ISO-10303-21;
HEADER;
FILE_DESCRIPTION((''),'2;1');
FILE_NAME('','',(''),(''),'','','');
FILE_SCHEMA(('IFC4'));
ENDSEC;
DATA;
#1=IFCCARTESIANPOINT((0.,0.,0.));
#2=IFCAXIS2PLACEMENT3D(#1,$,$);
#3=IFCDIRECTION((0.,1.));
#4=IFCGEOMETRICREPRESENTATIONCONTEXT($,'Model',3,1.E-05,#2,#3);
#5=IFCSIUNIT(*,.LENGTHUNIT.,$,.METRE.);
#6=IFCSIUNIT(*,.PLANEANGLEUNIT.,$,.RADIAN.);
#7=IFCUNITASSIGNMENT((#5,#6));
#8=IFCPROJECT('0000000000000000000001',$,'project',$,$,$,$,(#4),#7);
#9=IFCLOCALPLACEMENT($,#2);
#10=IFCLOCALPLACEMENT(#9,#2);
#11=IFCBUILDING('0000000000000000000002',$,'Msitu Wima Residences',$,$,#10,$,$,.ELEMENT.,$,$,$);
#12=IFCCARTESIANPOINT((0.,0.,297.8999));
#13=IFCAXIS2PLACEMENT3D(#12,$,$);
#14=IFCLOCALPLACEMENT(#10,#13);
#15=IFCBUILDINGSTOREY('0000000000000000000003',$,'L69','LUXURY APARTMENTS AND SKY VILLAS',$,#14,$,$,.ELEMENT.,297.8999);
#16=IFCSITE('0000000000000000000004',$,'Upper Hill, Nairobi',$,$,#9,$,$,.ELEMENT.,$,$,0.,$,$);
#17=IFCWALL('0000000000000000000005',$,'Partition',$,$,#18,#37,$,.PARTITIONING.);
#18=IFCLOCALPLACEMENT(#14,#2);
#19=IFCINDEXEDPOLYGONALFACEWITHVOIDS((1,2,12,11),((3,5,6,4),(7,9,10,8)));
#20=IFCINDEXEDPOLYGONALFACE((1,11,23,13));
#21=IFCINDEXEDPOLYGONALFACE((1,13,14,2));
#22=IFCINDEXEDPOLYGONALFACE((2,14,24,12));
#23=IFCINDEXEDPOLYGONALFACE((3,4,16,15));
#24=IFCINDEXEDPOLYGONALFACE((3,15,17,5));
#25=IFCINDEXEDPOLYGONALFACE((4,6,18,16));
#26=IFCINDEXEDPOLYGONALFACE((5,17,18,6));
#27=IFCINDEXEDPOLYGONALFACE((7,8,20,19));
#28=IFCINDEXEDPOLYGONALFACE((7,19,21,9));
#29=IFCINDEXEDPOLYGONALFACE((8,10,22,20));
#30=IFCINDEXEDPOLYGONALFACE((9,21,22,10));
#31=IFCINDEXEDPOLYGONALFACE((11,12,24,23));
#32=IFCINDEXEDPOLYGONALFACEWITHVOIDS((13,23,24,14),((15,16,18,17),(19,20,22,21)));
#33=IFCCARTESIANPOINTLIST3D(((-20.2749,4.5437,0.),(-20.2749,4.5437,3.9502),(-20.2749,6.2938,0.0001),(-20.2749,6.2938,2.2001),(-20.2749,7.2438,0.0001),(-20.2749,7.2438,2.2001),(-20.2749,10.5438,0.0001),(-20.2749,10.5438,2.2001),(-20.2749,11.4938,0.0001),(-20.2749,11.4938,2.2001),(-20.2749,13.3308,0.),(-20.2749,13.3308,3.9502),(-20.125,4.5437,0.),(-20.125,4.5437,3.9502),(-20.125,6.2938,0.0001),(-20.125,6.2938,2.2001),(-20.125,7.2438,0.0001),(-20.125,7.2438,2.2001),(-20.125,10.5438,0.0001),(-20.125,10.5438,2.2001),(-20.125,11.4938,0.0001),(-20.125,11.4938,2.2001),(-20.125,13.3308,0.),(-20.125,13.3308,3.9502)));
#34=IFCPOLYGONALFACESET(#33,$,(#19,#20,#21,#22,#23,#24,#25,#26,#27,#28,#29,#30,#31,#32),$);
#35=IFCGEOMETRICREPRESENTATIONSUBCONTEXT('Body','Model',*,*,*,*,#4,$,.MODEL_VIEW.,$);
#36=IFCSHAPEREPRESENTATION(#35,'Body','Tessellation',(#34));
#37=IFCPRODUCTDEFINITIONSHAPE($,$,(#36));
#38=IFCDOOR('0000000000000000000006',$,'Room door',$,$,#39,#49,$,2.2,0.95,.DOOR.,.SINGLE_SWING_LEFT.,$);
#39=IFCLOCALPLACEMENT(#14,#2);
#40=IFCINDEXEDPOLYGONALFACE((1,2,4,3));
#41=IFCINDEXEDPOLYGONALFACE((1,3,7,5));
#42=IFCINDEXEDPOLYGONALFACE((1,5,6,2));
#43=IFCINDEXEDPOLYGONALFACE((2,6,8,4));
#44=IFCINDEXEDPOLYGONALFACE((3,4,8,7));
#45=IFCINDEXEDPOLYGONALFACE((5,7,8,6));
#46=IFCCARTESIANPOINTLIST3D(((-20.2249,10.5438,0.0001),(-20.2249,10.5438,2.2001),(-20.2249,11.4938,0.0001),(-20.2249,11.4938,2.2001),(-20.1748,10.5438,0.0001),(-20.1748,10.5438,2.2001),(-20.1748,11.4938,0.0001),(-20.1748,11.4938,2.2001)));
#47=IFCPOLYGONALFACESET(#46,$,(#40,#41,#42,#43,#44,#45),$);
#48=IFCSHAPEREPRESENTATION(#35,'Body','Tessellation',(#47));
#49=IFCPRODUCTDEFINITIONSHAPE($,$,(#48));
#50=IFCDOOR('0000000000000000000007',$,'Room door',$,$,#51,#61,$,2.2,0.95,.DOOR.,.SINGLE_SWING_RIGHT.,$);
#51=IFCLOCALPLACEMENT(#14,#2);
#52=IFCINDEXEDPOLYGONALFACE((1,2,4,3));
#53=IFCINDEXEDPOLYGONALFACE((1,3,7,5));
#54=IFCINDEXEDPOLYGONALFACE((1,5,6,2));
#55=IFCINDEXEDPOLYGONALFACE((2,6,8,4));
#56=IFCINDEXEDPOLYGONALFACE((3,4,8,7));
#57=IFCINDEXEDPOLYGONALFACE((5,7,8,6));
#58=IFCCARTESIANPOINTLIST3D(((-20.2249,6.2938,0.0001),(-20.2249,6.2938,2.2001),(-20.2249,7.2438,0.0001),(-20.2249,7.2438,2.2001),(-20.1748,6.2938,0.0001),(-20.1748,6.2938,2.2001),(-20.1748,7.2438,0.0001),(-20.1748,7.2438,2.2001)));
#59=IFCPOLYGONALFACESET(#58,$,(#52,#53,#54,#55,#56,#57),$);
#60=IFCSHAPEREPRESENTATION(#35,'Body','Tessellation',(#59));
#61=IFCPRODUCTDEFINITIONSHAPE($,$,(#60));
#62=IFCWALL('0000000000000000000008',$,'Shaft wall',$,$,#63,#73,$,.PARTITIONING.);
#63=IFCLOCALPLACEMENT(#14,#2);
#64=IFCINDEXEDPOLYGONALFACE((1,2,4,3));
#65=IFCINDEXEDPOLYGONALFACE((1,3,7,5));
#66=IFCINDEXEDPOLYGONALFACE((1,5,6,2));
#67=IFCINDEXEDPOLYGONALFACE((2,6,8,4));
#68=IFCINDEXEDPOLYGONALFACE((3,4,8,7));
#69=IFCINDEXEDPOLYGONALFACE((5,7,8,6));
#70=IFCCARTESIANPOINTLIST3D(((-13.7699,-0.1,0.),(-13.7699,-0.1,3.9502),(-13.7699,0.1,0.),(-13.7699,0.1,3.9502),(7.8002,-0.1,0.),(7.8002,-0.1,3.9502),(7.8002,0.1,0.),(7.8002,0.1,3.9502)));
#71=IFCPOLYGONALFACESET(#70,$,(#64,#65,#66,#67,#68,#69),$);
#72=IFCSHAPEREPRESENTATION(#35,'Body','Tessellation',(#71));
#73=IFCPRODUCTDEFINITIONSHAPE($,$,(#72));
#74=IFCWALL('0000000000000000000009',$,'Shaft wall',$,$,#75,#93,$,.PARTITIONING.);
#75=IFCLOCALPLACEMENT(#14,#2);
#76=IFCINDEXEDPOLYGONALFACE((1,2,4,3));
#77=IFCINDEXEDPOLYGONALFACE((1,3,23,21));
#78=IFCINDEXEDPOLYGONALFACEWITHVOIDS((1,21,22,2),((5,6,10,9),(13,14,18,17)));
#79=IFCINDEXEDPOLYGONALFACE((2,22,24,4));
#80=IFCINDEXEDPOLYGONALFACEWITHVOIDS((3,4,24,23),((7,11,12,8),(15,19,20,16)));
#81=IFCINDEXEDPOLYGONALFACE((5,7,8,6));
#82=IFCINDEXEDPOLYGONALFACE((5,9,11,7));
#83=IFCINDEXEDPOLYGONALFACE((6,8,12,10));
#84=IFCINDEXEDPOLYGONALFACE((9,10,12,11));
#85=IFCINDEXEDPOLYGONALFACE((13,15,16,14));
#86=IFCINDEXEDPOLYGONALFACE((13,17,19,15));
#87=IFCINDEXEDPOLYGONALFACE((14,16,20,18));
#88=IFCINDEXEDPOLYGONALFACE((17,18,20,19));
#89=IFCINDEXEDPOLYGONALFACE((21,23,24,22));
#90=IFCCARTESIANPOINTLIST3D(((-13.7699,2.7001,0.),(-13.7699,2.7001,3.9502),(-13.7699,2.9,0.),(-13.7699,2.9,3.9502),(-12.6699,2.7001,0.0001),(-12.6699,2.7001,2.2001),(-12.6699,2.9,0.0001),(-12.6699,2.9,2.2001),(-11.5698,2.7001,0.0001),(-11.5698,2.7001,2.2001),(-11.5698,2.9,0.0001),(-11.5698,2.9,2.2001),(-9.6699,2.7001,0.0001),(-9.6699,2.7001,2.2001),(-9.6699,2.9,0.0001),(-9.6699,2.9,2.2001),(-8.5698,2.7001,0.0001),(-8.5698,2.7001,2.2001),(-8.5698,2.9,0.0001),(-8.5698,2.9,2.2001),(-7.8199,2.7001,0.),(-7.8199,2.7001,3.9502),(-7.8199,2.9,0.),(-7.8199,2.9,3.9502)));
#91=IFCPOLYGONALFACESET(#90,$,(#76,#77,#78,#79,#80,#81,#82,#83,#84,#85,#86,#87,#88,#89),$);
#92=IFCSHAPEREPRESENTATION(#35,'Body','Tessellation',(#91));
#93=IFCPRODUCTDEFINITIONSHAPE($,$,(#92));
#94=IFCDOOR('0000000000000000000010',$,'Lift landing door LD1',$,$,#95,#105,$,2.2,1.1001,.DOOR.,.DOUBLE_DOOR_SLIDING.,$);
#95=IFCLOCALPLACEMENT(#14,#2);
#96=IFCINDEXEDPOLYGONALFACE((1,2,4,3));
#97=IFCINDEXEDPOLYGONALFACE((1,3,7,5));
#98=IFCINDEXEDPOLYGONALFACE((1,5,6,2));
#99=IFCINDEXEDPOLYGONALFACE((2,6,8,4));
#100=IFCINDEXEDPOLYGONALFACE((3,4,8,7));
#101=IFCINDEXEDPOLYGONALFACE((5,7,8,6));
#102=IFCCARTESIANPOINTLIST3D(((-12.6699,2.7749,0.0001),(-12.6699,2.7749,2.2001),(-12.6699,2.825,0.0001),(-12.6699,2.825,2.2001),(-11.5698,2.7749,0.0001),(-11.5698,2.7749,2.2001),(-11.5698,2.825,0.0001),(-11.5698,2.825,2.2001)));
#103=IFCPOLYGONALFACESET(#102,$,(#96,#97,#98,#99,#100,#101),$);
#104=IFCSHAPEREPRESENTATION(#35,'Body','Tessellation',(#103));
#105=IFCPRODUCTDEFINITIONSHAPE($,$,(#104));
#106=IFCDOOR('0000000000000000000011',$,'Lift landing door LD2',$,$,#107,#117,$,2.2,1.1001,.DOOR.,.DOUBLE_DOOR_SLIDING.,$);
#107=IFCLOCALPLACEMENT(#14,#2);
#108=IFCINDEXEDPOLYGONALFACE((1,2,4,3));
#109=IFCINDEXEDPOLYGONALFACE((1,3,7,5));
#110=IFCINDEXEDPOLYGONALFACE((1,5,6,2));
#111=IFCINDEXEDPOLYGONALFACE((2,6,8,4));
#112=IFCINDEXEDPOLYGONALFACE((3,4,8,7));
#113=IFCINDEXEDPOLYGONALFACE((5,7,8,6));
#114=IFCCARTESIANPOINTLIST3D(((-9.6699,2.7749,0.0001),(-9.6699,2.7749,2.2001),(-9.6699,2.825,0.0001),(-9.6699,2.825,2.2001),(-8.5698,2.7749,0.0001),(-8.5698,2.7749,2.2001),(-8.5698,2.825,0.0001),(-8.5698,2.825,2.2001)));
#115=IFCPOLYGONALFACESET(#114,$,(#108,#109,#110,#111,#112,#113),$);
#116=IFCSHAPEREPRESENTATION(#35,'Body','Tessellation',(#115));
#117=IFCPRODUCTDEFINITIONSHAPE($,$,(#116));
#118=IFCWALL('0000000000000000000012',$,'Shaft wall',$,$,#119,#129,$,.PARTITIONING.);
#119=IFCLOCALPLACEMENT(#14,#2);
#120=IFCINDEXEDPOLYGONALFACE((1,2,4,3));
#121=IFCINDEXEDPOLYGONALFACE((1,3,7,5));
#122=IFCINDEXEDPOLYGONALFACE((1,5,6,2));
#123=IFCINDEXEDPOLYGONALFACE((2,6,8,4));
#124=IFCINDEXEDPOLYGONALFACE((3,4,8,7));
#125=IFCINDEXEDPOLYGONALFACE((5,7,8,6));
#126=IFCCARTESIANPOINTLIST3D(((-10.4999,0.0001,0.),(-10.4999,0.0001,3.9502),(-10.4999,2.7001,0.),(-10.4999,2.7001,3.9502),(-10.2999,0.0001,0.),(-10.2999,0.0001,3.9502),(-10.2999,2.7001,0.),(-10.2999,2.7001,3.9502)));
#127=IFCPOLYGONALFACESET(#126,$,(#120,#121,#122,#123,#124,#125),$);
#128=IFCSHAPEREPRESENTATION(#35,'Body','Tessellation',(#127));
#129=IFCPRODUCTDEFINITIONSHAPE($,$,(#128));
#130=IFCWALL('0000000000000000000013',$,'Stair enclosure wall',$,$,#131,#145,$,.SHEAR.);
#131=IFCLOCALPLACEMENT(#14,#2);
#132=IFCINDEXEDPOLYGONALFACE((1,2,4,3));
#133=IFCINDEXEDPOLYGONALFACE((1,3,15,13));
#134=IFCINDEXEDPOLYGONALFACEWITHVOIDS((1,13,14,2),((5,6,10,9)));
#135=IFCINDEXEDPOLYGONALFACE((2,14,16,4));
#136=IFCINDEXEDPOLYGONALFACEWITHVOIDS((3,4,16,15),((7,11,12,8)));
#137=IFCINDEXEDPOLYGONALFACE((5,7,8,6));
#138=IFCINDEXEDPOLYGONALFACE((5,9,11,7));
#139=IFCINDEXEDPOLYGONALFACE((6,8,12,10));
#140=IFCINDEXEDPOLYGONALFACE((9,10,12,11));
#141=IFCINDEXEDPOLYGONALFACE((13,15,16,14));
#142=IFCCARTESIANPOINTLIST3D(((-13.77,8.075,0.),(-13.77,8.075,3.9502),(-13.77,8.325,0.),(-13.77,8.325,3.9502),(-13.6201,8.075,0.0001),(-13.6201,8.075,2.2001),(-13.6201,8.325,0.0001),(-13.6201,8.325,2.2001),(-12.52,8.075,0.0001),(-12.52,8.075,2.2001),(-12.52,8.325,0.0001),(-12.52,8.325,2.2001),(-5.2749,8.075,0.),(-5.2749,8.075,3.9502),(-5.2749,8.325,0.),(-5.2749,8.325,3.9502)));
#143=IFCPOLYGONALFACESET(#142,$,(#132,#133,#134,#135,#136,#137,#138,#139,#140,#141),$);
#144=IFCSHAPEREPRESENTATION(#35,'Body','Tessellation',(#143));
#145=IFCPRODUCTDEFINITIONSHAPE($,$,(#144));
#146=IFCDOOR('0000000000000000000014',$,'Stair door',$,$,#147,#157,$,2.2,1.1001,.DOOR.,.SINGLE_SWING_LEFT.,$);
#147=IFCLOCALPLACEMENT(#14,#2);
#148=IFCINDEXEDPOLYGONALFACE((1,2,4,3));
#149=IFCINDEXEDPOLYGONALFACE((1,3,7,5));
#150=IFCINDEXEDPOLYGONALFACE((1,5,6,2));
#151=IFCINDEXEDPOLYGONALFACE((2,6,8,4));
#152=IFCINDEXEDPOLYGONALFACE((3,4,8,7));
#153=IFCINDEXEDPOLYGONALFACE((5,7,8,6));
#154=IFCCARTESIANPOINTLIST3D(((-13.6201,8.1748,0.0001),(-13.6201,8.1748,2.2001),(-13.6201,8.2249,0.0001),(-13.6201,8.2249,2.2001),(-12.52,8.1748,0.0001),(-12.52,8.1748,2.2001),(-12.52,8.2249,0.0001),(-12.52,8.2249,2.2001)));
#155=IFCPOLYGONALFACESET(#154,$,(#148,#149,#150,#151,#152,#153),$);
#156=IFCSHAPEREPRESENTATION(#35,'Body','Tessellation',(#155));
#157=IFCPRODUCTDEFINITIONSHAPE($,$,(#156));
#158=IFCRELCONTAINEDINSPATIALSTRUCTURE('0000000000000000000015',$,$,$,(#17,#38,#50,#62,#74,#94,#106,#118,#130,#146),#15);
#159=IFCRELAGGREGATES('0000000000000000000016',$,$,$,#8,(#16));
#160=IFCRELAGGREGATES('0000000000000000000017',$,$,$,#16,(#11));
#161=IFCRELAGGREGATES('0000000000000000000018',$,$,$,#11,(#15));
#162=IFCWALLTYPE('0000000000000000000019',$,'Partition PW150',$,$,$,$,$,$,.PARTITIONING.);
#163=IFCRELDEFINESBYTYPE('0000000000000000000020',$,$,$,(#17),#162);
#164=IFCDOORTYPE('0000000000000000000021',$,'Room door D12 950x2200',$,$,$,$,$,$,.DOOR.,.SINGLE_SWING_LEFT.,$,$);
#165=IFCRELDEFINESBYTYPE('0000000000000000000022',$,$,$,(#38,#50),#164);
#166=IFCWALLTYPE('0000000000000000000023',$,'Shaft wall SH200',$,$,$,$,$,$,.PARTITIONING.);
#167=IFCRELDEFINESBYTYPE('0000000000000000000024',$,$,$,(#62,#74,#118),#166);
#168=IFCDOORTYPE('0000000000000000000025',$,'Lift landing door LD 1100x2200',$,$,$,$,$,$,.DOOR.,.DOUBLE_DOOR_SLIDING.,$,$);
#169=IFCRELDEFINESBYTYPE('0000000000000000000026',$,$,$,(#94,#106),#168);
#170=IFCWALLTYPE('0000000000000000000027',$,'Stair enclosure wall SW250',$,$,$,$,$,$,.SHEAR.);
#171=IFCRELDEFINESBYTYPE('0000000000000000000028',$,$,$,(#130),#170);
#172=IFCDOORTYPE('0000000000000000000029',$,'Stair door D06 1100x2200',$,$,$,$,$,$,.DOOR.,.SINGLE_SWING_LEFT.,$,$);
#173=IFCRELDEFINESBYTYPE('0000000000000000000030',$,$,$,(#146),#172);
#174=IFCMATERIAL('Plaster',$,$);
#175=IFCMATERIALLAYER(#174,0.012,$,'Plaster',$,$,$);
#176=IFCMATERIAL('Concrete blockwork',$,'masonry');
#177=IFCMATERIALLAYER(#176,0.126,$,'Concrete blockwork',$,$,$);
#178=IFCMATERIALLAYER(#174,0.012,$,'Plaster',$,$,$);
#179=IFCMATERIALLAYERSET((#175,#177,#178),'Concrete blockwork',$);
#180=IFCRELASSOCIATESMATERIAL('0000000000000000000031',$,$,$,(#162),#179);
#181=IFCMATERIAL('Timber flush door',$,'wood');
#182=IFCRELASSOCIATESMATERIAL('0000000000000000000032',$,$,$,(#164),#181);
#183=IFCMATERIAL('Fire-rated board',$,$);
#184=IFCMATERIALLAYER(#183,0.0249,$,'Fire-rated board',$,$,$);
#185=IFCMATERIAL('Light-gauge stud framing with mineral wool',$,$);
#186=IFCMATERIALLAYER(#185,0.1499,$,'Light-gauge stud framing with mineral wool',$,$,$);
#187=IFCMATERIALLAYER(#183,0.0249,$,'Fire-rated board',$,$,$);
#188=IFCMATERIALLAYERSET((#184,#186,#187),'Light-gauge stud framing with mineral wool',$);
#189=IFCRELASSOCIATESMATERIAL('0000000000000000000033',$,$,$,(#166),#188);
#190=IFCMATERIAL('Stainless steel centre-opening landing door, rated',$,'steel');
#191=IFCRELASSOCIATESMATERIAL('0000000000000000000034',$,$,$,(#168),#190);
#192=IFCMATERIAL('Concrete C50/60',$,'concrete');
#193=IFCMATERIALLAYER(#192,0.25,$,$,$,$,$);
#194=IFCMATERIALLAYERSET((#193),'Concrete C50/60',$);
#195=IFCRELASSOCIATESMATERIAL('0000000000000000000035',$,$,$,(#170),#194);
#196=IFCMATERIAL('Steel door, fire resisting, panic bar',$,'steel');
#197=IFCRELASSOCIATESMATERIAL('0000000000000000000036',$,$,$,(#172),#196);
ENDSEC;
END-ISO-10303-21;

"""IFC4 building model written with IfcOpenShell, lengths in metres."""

from ifc_helpers import new_model, si_unit, direction, frame, frame_2d, origin, place, context, subcontext, project, spatial, rectangle, extrude, material, layer, layer_set, type_object, element, fill, save


model = new_model("IFC4")

# Units and contexts
model_context = context("Model", 3, precision=1e-05, world=origin(), true_north=direction((0.0, 1.0)))
body_context = subcontext(model_context, "Body", "Model", "MODEL_VIEW")
ifc_project = project(units=[si_unit("LENGTHUNIT", "METRE"), si_unit("PLANEANGLEUNIT", "RADIAN")], contexts=[model_context])

# Site, building, storey
site_placement = place(None, origin())
site = spatial("IfcSite", under=ifc_project, at=site_placement, Name="Upper Hill, Nairobi", CompositionType="ELEMENT", RefElevation=0.0)
building_placement = place(site_placement, origin())
building = spatial("IfcBuilding", under=site, at=building_placement, Name="Msitu Wima Residences", CompositionType="ELEMENT")
storey_placement = place(building_placement, frame((0.0, 0.0, 297.8999)))
storey = spatial("IfcBuildingStorey", under=building, at=storey_placement, Name="L69", Description="LUXURY APARTMENTS AND SKY VILLAS", CompositionType="ELEMENT", Elevation=297.8999)

# Shared definitions
ifc_material_1 = material(Name="Concrete C50/60", Category="concrete")

# Shared definitions
ifc_material_2 = material(Name="Plaster")
ifc_layer_1 = layer(ifc_material_2, 0.012, Name="Plaster")
ifc_material_3 = material(Name="Concrete blockwork", Category="masonry")
ifc_layer_2 = layer(ifc_material_3, 0.126, Name="Concrete blockwork")
ifc_layer_3 = layer(ifc_material_2, 0.012, Name="Plaster")
ifc_layer_set_1 = layer_set([ifc_layer_1, ifc_layer_2, ifc_layer_3], Name="Concrete blockwork")
wall_type_1 = type_object("IfcWallType", Name="Partition PW150", PredefinedType="PARTITIONING", material=ifc_layer_set_1)

# Shared definitions
ifc_material_4 = material(Name="Timber flush door", Category="wood")
door_type_1 = type_object("IfcDoorType", Name="Room door D12 950x2200", OperationType="SINGLE_SWING_LEFT", PredefinedType="DOOR", material=ifc_material_4)

# Wall, openings, doors
wall_1_placement = place(storey_placement, frame((-20.2, 4.5437, 0.0), z_axis=(0.0, 0.0, 1.0), x_axis=(0.0, 1.0, 0.0)))
wall_1 = element("IfcWall", 1, at=wall_1_placement, inside=storey, type_object=wall_type_1, Name="Partition", PredefinedType="PARTITIONING", context=body_context, shape_type="SweptSolid", body=[
    extrude(rectangle(XDim=8.7871, YDim=0.1499, at=frame_2d((4.3936, 0.0))), origin(), (0.0, 0.0, 1.0), 3.9502),
])
opening_1_placement = place(wall_1_placement, frame((6.0, 0.0, 0.0)))
opening_1 = element("IfcOpeningElement", 2, at=opening_1_placement, cuts=wall_1, PredefinedType="OPENING", context=body_context, shape_type="SweptSolid", body=[
    extrude(rectangle(XDim=0.95, YDim=2.2, at=frame_2d((0.4751, 1.1001))), frame((0.0, 0.085, 0.0), z_axis=(0.0, -1.0, 0.0), x_axis=(1.0, 0.0, 0.0)), (0.0, 0.0, 1.0), 0.1699),
])
opening_2_placement = place(wall_1_placement, frame((1.75, 0.0, 0.0)))
opening_2 = element("IfcOpeningElement", 3, at=opening_2_placement, cuts=wall_1, PredefinedType="OPENING", context=body_context, shape_type="SweptSolid", body=[
    extrude(rectangle(XDim=0.95, YDim=2.2, at=frame_2d((0.4751, 1.1001))), frame((0.0, 0.085, 0.0), z_axis=(0.0, -1.0, 0.0), x_axis=(1.0, 0.0, 0.0)), (0.0, 0.0, 1.0), 0.1699),
])
door_1_placement = place(opening_1_placement, origin())
door_1 = element("IfcDoor", 4, at=door_1_placement, inside=storey, type_object=door_type_1, Name="Room door", OperationType="SINGLE_SWING_LEFT", OverallHeight=2.2, OverallWidth=0.95, PredefinedType="DOOR", context=body_context, shape_type="SweptSolid", body=[
    extrude(rectangle(XDim=0.95, YDim=2.2, at=frame_2d((0.4751, 1.1001))), frame((0.0, 0.0249, 0.0), z_axis=(0.0, -1.0, 0.0), x_axis=(1.0, 0.0, 0.0)), (0.0, 0.0, 1.0), 0.05),
])
fill(opening_1, door_1)
door_2_placement = place(opening_2_placement, origin())
door_2 = element("IfcDoor", 5, at=door_2_placement, inside=storey, type_object=door_type_1, Name="Room door", OperationType="SINGLE_SWING_RIGHT", OverallHeight=2.2, OverallWidth=0.95, PredefinedType="DOOR", context=body_context, shape_type="SweptSolid", body=[
    extrude(rectangle(XDim=0.95, YDim=2.2, at=frame_2d((0.4751, 1.1001))), frame((0.0, 0.0249, 0.0), z_axis=(0.0, -1.0, 0.0), x_axis=(1.0, 0.0, 0.0)), (0.0, 0.0, 1.0), 0.05),
])
fill(opening_2, door_2)

# Wall
ifc_material_5 = material(Name="Fire-rated board")
ifc_layer_4 = layer(ifc_material_5, 0.0249, Name="Fire-rated board")
ifc_material_6 = material(Name="Light-gauge stud framing with mineral wool")
ifc_layer_5 = layer(ifc_material_6, 0.1499, Name="Light-gauge stud framing with mineral wool")
ifc_layer_6 = layer(ifc_material_5, 0.0249, Name="Fire-rated board")
ifc_layer_set_2 = layer_set([ifc_layer_4, ifc_layer_5, ifc_layer_6], Name="Light-gauge stud framing with mineral wool")
wall_type_2 = type_object("IfcWallType", Name="Shaft wall SH200", PredefinedType="PARTITIONING", material=ifc_layer_set_2)
wall_2_placement = place(storey_placement, frame((-13.77, 0.0, 0.0), z_axis=(0.0, 0.0, 1.0), x_axis=(1.0, 0.0, 0.0)))
element("IfcWall", 6, at=wall_2_placement, inside=storey, type_object=wall_type_2, Name="Shaft wall", PredefinedType="PARTITIONING", context=body_context, shape_type="SweptSolid", body=[
    extrude(rectangle(XDim=21.5701, YDim=0.2, at=frame_2d((10.7852, 0.0))), origin(), (0.0, 0.0, 1.0), 3.9502),
])

# Wall, openings, doors
wall_3_placement = place(storey_placement, frame((-13.77, 2.8, 0.0), z_axis=(0.0, 0.0, 1.0), x_axis=(1.0, 0.0, 0.0)))
wall_3 = element("IfcWall", 7, at=wall_3_placement, inside=storey, type_object=wall_type_2, Name="Shaft wall", PredefinedType="PARTITIONING", context=body_context, shape_type="SweptSolid", body=[
    extrude(rectangle(XDim=5.95, YDim=0.2, at=frame_2d((2.9751, 0.0))), origin(), (0.0, 0.0, 1.0), 3.9502),
])
opening_3_placement = place(wall_3_placement, frame((1.1001, 0.0, 0.0)))
opening_3 = element("IfcOpeningElement", 8, at=opening_3_placement, cuts=wall_3, PredefinedType="OPENING", context=body_context, shape_type="SweptSolid", body=[
    extrude(rectangle(XDim=1.1001, YDim=2.2, at=frame_2d((0.55, 1.1001))), frame((0.0, 0.1099, 0.0), z_axis=(0.0, -1.0, 0.0), x_axis=(1.0, 0.0, 0.0)), (0.0, 0.0, 1.0), 0.22),
])
opening_4_placement = place(wall_3_placement, frame((4.1001, 0.0, 0.0)))
opening_4 = element("IfcOpeningElement", 9, at=opening_4_placement, cuts=wall_3, PredefinedType="OPENING", context=body_context, shape_type="SweptSolid", body=[
    extrude(rectangle(XDim=1.1001, YDim=2.2, at=frame_2d((0.55, 1.1001))), frame((0.0, 0.1099, 0.0), z_axis=(0.0, -1.0, 0.0), x_axis=(1.0, 0.0, 0.0)), (0.0, 0.0, 1.0), 0.22),
])
ifc_material_7 = material(Name="Stainless steel centre-opening landing door, rated", Category="steel")
door_type_2 = type_object("IfcDoorType", Name="Lift landing door LD 1100x2200", OperationType="DOUBLE_DOOR_SLIDING", PredefinedType="DOOR", material=ifc_material_7)
door_3_placement = place(opening_3_placement, origin())
door_3 = element("IfcDoor", 10, at=door_3_placement, inside=storey, type_object=door_type_2, Name="Lift landing door LD1", OperationType="DOUBLE_DOOR_SLIDING", OverallHeight=2.2, OverallWidth=1.1001, PredefinedType="DOOR", context=body_context, shape_type="SweptSolid", body=[
    extrude(rectangle(XDim=1.1001, YDim=2.2, at=frame_2d((0.55, 1.1001))), frame((0.0, 0.0249, 0.0), z_axis=(0.0, -1.0, 0.0), x_axis=(1.0, 0.0, 0.0)), (0.0, 0.0, 1.0), 0.05),
])
fill(opening_3, door_3)
door_4_placement = place(opening_4_placement, origin())
door_4 = element("IfcDoor", 11, at=door_4_placement, inside=storey, type_object=door_type_2, Name="Lift landing door LD2", OperationType="DOUBLE_DOOR_SLIDING", OverallHeight=2.2, OverallWidth=1.1001, PredefinedType="DOOR", context=body_context, shape_type="SweptSolid", body=[
    extrude(rectangle(XDim=1.1001, YDim=2.2, at=frame_2d((0.55, 1.1001))), frame((0.0, 0.0249, 0.0), z_axis=(0.0, -1.0, 0.0), x_axis=(1.0, 0.0, 0.0)), (0.0, 0.0, 1.0), 0.05),
])
fill(opening_4, door_4)

# Wall
wall_4_placement = place(storey_placement, frame((-10.3999, 0.0, 0.0), z_axis=(0.0, 0.0, 1.0), x_axis=(0.0, 1.0, 0.0)))
element("IfcWall", 12, at=wall_4_placement, inside=storey, type_object=wall_type_2, Name="Shaft wall", PredefinedType="PARTITIONING", context=body_context, shape_type="SweptSolid", body=[
    extrude(rectangle(XDim=2.7, YDim=0.2, at=frame_2d((1.3501, 0.0))), origin(), (0.0, 0.0, 1.0), 3.9502),
])

# Wall, opening, door
ifc_layer_7 = layer(ifc_material_1, 0.25)
ifc_layer_set_3 = layer_set([ifc_layer_7], Name="Concrete C50/60")
wall_type_3 = type_object("IfcWallType", Name="Stair enclosure wall SW250", PredefinedType="SHEAR", material=ifc_layer_set_3)
wall_5_placement = place(storey_placement, frame((-13.77, 8.2, 0.0), z_axis=(0.0, 0.0, 1.0), x_axis=(1.0, 0.0, 0.0)))
wall_5 = element("IfcWall", 13, at=wall_5_placement, inside=storey, type_object=wall_type_3, Name="Stair enclosure wall", PredefinedType="SHEAR", context=body_context, shape_type="SweptSolid", body=[
    extrude(rectangle(XDim=8.4951, YDim=0.25, at=frame_2d((4.2476, 0.0))), origin(), (0.0, 0.0, 1.0), 3.9502),
])
opening_5_placement = place(wall_5_placement, frame((0.1499, 0.0, 0.0)))
opening_5 = element("IfcOpeningElement", 14, at=opening_5_placement, cuts=wall_5, PredefinedType="OPENING", context=body_context, shape_type="SweptSolid", body=[
    extrude(rectangle(XDim=1.1001, YDim=2.2, at=frame_2d((0.55, 1.1001))), frame((0.0, 0.135, 0.0), z_axis=(0.0, -1.0, 0.0), x_axis=(1.0, 0.0, 0.0)), (0.0, 0.0, 1.0), 0.27),
])
ifc_material_8 = material(Name="Steel door, fire resisting, panic bar", Category="steel")
door_type_3 = type_object("IfcDoorType", Name="Stair door D06 1100x2200", OperationType="SINGLE_SWING_LEFT", PredefinedType="DOOR", material=ifc_material_8)
door_5_placement = place(opening_5_placement, origin())
door_5 = element("IfcDoor", 15, at=door_5_placement, inside=storey, type_object=door_type_3, Name="Stair door", OperationType="SINGLE_SWING_LEFT", OverallHeight=2.2, OverallWidth=1.1001, PredefinedType="DOOR", context=body_context, shape_type="SweptSolid", body=[
    extrude(rectangle(XDim=1.1001, YDim=2.2, at=frame_2d((0.55, 1.1001))), frame((0.0, 0.0249, 0.0), z_axis=(0.0, -1.0, 0.0), x_axis=(1.0, 0.0, 0.0)), (0.0, 0.0, 1.0), 0.05),
])
fill(opening_5, door_5)

save(model, "model.ifc")
